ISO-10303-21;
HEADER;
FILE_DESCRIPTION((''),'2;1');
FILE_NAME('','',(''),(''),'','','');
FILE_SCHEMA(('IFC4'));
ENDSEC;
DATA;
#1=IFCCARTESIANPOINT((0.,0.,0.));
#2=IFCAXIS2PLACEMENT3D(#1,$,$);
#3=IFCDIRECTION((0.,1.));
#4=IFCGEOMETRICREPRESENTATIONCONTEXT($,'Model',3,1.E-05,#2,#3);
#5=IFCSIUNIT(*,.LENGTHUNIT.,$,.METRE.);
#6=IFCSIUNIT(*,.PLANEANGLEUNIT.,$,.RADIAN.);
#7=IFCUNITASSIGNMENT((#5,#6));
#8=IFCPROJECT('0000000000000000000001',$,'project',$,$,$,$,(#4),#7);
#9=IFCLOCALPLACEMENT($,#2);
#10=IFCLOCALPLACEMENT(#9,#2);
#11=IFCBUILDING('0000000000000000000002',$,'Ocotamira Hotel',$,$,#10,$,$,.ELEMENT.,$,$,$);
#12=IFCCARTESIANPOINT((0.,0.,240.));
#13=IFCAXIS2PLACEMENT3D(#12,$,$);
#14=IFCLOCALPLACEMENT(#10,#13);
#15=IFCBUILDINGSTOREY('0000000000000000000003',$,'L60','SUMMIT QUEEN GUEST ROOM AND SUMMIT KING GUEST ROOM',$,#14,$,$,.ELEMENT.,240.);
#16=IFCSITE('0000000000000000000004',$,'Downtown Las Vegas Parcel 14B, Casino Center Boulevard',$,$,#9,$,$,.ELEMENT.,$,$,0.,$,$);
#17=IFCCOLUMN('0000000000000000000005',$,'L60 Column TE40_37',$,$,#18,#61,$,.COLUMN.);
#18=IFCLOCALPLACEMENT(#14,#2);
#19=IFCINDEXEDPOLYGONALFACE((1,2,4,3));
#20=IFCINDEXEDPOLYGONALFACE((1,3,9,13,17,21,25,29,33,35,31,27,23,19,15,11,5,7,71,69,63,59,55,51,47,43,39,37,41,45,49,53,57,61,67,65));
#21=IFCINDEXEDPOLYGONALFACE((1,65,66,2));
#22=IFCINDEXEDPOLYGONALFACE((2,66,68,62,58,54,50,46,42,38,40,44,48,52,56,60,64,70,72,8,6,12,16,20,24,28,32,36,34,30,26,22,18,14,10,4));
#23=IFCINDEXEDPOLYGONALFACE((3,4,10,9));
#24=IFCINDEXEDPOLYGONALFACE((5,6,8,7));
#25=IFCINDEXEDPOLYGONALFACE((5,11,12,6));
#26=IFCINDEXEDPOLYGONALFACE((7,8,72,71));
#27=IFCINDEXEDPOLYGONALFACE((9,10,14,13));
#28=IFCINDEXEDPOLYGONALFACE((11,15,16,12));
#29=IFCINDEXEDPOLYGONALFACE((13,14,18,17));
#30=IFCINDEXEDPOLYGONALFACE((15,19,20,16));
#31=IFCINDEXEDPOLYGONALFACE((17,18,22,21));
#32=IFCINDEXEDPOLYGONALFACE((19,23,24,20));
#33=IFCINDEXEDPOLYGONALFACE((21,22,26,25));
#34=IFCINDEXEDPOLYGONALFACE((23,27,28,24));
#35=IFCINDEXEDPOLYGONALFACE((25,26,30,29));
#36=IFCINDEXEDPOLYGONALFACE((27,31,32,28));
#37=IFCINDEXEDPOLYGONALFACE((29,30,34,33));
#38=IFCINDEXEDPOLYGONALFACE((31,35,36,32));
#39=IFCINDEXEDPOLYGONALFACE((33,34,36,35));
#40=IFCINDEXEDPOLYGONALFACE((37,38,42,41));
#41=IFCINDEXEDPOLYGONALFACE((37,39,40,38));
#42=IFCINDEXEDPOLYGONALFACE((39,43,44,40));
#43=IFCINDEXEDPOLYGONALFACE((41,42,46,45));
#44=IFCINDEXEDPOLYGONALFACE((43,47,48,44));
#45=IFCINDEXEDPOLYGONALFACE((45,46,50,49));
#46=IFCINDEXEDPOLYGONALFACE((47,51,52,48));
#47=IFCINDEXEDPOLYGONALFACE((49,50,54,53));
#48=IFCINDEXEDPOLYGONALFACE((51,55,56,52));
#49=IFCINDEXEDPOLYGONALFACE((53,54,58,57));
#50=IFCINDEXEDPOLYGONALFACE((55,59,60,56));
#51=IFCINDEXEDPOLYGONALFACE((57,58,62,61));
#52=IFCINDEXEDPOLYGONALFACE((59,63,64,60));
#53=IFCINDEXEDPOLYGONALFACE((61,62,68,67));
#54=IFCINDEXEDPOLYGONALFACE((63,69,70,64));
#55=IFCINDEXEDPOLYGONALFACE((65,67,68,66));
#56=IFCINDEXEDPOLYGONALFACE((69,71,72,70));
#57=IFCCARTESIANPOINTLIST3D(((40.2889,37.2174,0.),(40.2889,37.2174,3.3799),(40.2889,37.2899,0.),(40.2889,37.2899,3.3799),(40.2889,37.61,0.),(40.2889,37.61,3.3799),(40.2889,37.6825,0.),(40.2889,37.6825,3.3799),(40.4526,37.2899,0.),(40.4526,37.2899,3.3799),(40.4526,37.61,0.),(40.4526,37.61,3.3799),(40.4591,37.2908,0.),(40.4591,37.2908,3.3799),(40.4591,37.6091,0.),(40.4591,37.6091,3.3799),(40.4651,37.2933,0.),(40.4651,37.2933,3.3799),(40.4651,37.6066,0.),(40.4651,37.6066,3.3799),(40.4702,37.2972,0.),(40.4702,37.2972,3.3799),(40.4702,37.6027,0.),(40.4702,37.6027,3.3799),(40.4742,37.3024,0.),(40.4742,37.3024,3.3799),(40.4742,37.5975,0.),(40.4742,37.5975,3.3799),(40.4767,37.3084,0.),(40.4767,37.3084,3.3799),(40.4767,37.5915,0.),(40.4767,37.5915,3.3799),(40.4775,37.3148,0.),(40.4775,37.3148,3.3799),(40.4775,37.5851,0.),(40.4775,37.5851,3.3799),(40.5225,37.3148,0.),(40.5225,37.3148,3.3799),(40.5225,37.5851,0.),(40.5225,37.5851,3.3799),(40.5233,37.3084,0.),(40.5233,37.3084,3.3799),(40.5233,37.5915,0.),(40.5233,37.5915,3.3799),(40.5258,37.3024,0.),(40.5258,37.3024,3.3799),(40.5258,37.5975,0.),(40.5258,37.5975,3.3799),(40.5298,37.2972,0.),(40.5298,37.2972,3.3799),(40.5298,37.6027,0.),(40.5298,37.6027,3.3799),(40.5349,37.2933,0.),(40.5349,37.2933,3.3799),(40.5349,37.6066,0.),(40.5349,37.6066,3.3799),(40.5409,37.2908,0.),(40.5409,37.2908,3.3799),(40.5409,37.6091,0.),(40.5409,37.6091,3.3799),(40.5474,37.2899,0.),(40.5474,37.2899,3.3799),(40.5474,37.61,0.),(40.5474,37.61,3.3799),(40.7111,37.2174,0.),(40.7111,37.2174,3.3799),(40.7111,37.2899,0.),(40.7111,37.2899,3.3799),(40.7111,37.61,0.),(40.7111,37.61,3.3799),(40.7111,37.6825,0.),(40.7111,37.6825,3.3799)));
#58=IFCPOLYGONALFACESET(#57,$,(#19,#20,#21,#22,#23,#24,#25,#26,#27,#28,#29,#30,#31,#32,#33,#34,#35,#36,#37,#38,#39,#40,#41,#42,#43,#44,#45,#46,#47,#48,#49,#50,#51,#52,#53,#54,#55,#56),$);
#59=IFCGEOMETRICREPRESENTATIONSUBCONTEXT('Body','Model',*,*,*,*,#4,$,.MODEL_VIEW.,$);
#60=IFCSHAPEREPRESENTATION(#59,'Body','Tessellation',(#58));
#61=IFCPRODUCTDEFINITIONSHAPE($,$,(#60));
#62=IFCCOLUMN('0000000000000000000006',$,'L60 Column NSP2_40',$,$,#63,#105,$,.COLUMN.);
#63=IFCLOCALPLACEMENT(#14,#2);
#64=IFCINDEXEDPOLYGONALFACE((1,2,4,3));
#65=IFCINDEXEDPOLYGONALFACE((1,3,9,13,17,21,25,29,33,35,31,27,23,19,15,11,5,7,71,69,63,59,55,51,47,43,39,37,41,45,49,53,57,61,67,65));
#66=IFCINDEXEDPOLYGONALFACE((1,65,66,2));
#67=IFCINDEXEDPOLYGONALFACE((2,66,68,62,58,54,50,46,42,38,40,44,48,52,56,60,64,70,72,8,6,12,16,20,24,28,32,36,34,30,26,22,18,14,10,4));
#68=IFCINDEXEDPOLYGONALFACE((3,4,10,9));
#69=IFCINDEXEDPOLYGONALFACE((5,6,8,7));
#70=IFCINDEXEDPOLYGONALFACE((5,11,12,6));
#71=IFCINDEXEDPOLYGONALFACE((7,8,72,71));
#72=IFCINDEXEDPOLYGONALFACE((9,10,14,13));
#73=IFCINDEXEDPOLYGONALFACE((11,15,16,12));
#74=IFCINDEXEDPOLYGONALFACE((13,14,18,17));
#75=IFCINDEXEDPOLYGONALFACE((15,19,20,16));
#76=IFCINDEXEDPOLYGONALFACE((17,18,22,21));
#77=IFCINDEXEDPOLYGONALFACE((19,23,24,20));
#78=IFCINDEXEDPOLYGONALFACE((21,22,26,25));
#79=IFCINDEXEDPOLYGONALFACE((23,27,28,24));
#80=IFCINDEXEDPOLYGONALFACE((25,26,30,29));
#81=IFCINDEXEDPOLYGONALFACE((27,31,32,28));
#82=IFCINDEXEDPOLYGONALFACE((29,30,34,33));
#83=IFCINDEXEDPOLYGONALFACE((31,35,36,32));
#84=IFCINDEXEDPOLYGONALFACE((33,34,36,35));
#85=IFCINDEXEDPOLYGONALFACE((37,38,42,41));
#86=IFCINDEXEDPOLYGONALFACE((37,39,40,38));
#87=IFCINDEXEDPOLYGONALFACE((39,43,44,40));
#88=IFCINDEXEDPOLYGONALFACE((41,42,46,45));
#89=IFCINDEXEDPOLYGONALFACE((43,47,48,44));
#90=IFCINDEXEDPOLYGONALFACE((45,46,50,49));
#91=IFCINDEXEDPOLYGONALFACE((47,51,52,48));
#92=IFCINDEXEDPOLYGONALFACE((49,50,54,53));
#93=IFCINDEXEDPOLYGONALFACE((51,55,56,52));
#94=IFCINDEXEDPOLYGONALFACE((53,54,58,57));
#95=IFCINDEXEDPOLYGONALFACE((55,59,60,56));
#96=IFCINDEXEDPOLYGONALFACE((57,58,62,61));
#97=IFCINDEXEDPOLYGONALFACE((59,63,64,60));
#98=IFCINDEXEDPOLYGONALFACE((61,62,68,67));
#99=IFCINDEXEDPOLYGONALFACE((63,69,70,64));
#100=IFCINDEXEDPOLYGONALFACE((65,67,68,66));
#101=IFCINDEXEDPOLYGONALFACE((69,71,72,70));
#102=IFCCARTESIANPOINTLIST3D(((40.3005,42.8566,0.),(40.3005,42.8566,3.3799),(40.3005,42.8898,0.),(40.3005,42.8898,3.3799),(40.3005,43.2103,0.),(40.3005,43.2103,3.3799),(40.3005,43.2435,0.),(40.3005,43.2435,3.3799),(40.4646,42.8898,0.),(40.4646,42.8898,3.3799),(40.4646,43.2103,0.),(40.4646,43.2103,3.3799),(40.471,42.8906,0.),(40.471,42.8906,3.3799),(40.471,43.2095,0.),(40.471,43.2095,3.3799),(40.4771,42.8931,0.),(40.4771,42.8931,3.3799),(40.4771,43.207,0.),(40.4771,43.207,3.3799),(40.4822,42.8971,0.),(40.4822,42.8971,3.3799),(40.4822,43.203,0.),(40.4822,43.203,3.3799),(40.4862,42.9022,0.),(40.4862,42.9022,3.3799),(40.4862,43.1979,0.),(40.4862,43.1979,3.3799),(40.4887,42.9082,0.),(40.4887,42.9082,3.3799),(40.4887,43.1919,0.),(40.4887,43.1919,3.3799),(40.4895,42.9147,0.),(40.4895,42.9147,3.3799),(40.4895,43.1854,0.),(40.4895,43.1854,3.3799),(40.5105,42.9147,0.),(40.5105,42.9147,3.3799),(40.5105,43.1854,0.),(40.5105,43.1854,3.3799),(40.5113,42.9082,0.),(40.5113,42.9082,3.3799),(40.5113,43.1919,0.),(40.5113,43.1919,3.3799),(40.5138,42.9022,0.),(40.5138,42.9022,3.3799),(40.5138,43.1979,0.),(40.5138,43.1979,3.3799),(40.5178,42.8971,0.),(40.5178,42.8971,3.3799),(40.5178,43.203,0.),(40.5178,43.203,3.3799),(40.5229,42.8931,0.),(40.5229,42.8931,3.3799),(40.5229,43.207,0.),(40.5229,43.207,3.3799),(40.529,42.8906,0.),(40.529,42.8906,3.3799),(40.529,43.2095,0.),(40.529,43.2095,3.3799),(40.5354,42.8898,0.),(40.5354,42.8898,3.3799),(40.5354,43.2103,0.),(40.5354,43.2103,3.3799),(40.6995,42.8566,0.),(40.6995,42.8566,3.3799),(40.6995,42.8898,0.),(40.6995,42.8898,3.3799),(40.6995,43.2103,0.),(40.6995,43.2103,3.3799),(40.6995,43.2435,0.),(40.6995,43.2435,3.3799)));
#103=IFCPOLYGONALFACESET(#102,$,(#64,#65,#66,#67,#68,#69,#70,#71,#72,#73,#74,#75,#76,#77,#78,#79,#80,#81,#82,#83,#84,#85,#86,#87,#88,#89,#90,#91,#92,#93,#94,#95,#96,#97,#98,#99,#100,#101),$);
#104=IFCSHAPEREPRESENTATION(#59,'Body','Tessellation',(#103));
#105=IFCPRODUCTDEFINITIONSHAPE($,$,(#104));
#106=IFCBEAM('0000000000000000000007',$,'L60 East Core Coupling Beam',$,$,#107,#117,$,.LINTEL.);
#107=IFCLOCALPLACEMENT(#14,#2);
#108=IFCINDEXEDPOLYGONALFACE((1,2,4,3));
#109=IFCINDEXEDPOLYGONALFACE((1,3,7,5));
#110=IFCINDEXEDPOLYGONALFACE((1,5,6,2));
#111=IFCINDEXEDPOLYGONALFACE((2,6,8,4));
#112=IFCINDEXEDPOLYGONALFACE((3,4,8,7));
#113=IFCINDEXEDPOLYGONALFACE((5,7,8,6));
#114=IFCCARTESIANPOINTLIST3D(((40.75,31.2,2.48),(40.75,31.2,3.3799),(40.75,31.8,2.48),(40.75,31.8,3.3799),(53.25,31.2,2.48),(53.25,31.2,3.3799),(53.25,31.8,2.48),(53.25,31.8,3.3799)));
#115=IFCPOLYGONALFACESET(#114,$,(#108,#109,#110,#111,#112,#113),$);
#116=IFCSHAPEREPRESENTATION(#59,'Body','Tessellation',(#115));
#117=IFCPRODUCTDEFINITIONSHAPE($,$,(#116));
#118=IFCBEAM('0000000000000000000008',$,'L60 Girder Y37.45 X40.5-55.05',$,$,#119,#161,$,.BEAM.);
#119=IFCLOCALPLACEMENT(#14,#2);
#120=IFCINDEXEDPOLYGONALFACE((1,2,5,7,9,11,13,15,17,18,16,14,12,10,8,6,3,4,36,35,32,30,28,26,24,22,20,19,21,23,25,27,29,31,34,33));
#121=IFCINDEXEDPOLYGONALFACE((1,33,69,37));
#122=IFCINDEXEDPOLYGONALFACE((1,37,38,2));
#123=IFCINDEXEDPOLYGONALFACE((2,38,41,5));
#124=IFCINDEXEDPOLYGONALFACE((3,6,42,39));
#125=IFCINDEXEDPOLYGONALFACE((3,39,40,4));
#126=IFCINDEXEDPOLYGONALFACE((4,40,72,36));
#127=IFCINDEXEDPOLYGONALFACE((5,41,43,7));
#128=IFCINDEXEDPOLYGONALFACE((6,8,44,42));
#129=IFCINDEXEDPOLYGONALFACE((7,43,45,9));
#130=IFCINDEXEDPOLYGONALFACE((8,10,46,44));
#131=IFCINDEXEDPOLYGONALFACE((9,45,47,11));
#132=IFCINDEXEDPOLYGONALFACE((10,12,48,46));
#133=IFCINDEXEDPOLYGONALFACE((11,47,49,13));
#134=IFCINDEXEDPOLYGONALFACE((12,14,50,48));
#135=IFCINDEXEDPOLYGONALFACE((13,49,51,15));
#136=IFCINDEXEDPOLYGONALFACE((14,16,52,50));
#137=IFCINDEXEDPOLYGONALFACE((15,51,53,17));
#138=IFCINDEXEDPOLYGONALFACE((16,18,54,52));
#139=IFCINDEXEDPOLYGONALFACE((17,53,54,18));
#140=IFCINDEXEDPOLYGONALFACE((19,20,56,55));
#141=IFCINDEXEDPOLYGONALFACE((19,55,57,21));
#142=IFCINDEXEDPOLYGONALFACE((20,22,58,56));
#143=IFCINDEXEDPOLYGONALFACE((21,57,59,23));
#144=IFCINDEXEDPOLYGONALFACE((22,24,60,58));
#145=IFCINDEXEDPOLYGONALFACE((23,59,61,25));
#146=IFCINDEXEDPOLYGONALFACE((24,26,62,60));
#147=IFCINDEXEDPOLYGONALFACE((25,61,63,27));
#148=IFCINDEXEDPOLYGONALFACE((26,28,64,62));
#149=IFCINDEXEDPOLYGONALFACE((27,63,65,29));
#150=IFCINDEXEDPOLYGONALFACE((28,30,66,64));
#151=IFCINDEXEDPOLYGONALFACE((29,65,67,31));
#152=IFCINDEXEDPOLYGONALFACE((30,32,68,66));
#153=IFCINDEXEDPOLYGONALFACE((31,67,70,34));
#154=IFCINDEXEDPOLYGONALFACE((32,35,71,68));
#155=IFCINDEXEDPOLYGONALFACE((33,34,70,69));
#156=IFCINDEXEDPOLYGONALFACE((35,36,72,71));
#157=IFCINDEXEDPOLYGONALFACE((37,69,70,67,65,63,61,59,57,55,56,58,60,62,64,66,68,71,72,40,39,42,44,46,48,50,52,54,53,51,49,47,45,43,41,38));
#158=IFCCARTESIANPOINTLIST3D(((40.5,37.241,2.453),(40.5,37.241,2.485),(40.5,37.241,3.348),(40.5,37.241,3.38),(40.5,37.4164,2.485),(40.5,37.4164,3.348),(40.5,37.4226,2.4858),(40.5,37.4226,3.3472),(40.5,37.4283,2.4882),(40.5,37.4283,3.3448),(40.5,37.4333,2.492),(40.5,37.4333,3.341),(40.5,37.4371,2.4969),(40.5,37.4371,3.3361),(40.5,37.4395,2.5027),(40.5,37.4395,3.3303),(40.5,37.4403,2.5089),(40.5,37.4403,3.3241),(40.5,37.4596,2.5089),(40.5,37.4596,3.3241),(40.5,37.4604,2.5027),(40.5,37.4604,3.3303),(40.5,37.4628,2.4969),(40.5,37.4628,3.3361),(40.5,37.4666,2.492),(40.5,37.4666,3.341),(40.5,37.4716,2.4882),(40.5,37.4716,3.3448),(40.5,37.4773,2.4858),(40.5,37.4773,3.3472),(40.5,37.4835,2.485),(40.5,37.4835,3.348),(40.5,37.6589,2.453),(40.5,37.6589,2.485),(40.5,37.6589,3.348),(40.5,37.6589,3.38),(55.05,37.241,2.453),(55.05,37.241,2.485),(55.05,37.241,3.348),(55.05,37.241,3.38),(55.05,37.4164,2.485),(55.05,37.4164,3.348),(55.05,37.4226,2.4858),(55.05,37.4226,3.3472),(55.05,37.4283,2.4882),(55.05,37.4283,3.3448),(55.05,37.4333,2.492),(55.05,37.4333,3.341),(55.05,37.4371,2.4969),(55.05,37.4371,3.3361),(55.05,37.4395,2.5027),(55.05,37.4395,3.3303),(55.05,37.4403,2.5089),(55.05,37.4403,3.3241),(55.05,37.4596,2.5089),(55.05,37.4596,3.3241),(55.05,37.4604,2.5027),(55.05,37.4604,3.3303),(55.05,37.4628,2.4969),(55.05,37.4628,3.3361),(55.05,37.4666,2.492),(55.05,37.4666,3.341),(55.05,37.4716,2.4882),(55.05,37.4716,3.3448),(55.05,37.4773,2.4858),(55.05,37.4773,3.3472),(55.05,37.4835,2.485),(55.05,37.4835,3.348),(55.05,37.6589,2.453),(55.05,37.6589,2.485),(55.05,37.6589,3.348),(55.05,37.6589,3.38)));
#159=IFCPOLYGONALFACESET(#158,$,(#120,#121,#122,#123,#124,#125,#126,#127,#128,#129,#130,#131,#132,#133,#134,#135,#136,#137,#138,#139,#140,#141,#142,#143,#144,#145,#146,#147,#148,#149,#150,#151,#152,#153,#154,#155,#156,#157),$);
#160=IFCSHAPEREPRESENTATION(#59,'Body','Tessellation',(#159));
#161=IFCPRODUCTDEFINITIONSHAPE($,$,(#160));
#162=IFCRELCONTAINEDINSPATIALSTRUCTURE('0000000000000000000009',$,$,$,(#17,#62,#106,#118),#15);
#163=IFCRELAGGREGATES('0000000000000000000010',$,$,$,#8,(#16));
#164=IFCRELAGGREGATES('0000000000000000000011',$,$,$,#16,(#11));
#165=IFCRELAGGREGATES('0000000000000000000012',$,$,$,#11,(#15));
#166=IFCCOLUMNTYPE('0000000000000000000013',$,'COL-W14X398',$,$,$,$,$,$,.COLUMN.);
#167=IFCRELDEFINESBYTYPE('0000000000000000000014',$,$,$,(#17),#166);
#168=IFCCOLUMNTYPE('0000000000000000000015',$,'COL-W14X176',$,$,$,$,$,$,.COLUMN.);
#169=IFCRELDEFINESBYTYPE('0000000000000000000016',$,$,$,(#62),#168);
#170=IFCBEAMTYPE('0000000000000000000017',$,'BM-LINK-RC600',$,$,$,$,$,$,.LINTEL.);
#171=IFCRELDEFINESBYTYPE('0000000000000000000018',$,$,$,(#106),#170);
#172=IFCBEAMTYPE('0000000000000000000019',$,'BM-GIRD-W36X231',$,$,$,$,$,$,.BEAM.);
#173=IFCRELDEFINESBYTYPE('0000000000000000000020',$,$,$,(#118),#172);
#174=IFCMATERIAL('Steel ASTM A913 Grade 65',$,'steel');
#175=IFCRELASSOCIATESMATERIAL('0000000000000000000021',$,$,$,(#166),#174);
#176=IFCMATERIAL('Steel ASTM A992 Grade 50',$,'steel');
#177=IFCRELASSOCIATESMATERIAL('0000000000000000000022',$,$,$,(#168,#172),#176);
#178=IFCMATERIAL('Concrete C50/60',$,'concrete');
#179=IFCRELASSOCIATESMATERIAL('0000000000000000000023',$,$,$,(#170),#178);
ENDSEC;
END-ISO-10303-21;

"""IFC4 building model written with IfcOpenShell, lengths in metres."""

from ifc_helpers import new_model, si_unit, direction, frame, origin, origin_2d, place, context, subcontext, project, spatial, rectangle, i_section, extrude, source, transform, mapped, material, material_profile, profile_set, type_object, element, save


model = new_model("IFC4")

# Units and contexts
model_context = context("Model", 3, precision=1e-05, world=origin(), true_north=direction((0.0, 1.0)))
body_context = subcontext(model_context, "Body", "Model", "MODEL_VIEW")
ifc_project = project(units=[si_unit("LENGTHUNIT", "METRE"), si_unit("PLANEANGLEUNIT", "RADIAN")], contexts=[model_context])

# Site, building, storey
site_placement = place(None, origin())
site = spatial("IfcSite", under=ifc_project, at=site_placement, Name="Downtown Las Vegas Parcel 14B, Casino Center Boulevard", CompositionType="ELEMENT", RefElevation=0.0)
building_placement = place(site_placement, origin())
building = spatial("IfcBuilding", under=site, at=building_placement, Name="Ocotamira Hotel", CompositionType="ELEMENT")
storey_placement = place(building_placement, frame((0.0, 0.0, 240.0)))
storey = spatial("IfcBuildingStorey", under=building, at=storey_placement, Name="L60", Description="SUMMIT QUEEN GUEST ROOM AND SUMMIT KING GUEST ROOM", CompositionType="ELEMENT", Elevation=240.0)

# Columns
ifc_material_1 = material(Name="Steel ASTM A913 Grade 65", Category="steel")
ifc_material_profile_1 = material_profile(ifc_material_1, i_section(OverallWidth=0.4221, OverallDepth=0.4651, WebThickness=0.0449, FlangeThickness=0.0725, FilletRadius=0.0249, at=origin_2d()), Name="W14X398")
ifc_profile_set_1 = profile_set([ifc_material_profile_1], Name="Steel ASTM A913 Grade 65")
column_type_1 = type_object("IfcColumnType", Name="COL-W14X398", PredefinedType="COLUMN", material=ifc_profile_set_1)
shared_shape_1 = source(origin(), body_context, "Body", "SweptSolid", [
    extrude(i_section(OverallWidth=0.4221, OverallDepth=0.4651, WebThickness=0.0449, FlangeThickness=0.0725, FilletRadius=0.0249, at=origin_2d()), origin(), (0.0, 0.0, 1.0), 3.3799),
])
column_1_placement = place(storey_placement, frame((40.5, 37.45, 0.0), z_axis=(0.0, 0.0, 1.0), x_axis=(1.0, 0.0, 0.0)))
element("IfcColumn", 1, at=column_1_placement, inside=storey, type_object=column_type_1, Name="L60 Column TE40_37", PredefinedType="COLUMN", context=body_context, shape_type="MappedRepresentation", body=[
    mapped(shared_shape_1, transform((0.0, 0.0, 0.0), scale=1.0)),
])
ifc_material_2 = material(Name="Steel ASTM A992 Grade 50", Category="steel")
ifc_material_profile_2 = material_profile(ifc_material_2, i_section(OverallWidth=0.3989, OverallDepth=0.387, WebThickness=0.021, FlangeThickness=0.0332, FilletRadius=0.0249, at=origin_2d()), Name="W14X176")
ifc_profile_set_2 = profile_set([ifc_material_profile_2], Name="Steel ASTM A992 Grade 50")
column_type_2 = type_object("IfcColumnType", Name="COL-W14X176", PredefinedType="COLUMN", material=ifc_profile_set_2)
shared_shape_2 = source(origin(), body_context, "Body", "SweptSolid", [
    extrude(i_section(OverallWidth=0.3989, OverallDepth=0.387, WebThickness=0.021, FlangeThickness=0.0332, FilletRadius=0.0249, at=origin_2d()), origin(), (0.0, 0.0, 1.0), 3.3799),
])
column_2_placement = place(storey_placement, frame((40.5, 43.05, 0.0), z_axis=(0.0, 0.0, 1.0), x_axis=(1.0, 0.0, 0.0)))
element("IfcColumn", 2, at=column_2_placement, inside=storey, type_object=column_type_2, Name="L60 Column NSP2_40", PredefinedType="COLUMN", context=body_context, shape_type="MappedRepresentation", body=[
    mapped(shared_shape_2, transform((0.0, 0.0, 0.0), scale=1.0)),
])

# Beams
ifc_material_3 = material(Name="Concrete C50/60", Category="concrete")
ifc_material_profile_3 = material_profile(ifc_material_3, rectangle(XDim=0.6001, YDim=0.8999, at=origin_2d()), Name="RC600X900")
ifc_profile_set_3 = profile_set([ifc_material_profile_3], Name="Concrete C50/60")
beam_type_1 = type_object("IfcBeamType", Name="BM-LINK-RC600", PredefinedType="LINTEL", material=ifc_profile_set_3)
shared_shape_3 = source(origin(), body_context, "Body", "SweptSolid", [
    extrude(rectangle(XDim=0.6001, YDim=0.8999, at=origin_2d()), origin(), (0.0, 0.0, 1.0), 12.5),
])
beam_1_placement = place(storey_placement, frame((40.75, 31.5, 2.9299), z_axis=(1.0, 0.0, 0.0), x_axis=(0.0, 1.0, 0.0)))
element("IfcBeam", 3, at=beam_1_placement, inside=storey, type_object=beam_type_1, Name="L60 East Core Coupling Beam", PredefinedType="LINTEL", context=body_context, shape_type="MappedRepresentation", body=[
    mapped(shared_shape_3, transform((0.0, 0.0, 0.0), scale=1.0)),
])
ifc_material_profile_4 = material_profile(ifc_material_2, i_section(OverallWidth=0.418, OverallDepth=0.927, WebThickness=0.0193, FlangeThickness=0.032, FilletRadius=0.0239, at=origin_2d()), Name="W36X231")
ifc_profile_set_4 = profile_set([ifc_material_profile_4], Name="Steel ASTM A992 Grade 50")
beam_type_2 = type_object("IfcBeamType", Name="BM-GIRD-W36X231", PredefinedType="BEAM", material=ifc_profile_set_4)
shared_shape_4 = source(origin(), body_context, "Body", "SweptSolid", [
    extrude(i_section(OverallWidth=0.418, OverallDepth=0.927, WebThickness=0.0193, FlangeThickness=0.032, FilletRadius=0.0239, at=origin_2d()), origin(), (0.0, 0.0, 1.0), 14.55),
])
beam_2_placement = place(storey_placement, frame((40.5, 37.45, 2.9165), z_axis=(1.0, 0.0, 0.0), x_axis=(0.0, 1.0, 0.0)))
element("IfcBeam", 4, at=beam_2_placement, inside=storey, type_object=beam_type_2, Name="L60 Girder Y37.45 X40.5-55.05", PredefinedType="BEAM", context=body_context, shape_type="MappedRepresentation", body=[
    mapped(shared_shape_4, transform((0.0, 0.0, 0.0), scale=1.0)),
])

save(model, "model.ifc")
